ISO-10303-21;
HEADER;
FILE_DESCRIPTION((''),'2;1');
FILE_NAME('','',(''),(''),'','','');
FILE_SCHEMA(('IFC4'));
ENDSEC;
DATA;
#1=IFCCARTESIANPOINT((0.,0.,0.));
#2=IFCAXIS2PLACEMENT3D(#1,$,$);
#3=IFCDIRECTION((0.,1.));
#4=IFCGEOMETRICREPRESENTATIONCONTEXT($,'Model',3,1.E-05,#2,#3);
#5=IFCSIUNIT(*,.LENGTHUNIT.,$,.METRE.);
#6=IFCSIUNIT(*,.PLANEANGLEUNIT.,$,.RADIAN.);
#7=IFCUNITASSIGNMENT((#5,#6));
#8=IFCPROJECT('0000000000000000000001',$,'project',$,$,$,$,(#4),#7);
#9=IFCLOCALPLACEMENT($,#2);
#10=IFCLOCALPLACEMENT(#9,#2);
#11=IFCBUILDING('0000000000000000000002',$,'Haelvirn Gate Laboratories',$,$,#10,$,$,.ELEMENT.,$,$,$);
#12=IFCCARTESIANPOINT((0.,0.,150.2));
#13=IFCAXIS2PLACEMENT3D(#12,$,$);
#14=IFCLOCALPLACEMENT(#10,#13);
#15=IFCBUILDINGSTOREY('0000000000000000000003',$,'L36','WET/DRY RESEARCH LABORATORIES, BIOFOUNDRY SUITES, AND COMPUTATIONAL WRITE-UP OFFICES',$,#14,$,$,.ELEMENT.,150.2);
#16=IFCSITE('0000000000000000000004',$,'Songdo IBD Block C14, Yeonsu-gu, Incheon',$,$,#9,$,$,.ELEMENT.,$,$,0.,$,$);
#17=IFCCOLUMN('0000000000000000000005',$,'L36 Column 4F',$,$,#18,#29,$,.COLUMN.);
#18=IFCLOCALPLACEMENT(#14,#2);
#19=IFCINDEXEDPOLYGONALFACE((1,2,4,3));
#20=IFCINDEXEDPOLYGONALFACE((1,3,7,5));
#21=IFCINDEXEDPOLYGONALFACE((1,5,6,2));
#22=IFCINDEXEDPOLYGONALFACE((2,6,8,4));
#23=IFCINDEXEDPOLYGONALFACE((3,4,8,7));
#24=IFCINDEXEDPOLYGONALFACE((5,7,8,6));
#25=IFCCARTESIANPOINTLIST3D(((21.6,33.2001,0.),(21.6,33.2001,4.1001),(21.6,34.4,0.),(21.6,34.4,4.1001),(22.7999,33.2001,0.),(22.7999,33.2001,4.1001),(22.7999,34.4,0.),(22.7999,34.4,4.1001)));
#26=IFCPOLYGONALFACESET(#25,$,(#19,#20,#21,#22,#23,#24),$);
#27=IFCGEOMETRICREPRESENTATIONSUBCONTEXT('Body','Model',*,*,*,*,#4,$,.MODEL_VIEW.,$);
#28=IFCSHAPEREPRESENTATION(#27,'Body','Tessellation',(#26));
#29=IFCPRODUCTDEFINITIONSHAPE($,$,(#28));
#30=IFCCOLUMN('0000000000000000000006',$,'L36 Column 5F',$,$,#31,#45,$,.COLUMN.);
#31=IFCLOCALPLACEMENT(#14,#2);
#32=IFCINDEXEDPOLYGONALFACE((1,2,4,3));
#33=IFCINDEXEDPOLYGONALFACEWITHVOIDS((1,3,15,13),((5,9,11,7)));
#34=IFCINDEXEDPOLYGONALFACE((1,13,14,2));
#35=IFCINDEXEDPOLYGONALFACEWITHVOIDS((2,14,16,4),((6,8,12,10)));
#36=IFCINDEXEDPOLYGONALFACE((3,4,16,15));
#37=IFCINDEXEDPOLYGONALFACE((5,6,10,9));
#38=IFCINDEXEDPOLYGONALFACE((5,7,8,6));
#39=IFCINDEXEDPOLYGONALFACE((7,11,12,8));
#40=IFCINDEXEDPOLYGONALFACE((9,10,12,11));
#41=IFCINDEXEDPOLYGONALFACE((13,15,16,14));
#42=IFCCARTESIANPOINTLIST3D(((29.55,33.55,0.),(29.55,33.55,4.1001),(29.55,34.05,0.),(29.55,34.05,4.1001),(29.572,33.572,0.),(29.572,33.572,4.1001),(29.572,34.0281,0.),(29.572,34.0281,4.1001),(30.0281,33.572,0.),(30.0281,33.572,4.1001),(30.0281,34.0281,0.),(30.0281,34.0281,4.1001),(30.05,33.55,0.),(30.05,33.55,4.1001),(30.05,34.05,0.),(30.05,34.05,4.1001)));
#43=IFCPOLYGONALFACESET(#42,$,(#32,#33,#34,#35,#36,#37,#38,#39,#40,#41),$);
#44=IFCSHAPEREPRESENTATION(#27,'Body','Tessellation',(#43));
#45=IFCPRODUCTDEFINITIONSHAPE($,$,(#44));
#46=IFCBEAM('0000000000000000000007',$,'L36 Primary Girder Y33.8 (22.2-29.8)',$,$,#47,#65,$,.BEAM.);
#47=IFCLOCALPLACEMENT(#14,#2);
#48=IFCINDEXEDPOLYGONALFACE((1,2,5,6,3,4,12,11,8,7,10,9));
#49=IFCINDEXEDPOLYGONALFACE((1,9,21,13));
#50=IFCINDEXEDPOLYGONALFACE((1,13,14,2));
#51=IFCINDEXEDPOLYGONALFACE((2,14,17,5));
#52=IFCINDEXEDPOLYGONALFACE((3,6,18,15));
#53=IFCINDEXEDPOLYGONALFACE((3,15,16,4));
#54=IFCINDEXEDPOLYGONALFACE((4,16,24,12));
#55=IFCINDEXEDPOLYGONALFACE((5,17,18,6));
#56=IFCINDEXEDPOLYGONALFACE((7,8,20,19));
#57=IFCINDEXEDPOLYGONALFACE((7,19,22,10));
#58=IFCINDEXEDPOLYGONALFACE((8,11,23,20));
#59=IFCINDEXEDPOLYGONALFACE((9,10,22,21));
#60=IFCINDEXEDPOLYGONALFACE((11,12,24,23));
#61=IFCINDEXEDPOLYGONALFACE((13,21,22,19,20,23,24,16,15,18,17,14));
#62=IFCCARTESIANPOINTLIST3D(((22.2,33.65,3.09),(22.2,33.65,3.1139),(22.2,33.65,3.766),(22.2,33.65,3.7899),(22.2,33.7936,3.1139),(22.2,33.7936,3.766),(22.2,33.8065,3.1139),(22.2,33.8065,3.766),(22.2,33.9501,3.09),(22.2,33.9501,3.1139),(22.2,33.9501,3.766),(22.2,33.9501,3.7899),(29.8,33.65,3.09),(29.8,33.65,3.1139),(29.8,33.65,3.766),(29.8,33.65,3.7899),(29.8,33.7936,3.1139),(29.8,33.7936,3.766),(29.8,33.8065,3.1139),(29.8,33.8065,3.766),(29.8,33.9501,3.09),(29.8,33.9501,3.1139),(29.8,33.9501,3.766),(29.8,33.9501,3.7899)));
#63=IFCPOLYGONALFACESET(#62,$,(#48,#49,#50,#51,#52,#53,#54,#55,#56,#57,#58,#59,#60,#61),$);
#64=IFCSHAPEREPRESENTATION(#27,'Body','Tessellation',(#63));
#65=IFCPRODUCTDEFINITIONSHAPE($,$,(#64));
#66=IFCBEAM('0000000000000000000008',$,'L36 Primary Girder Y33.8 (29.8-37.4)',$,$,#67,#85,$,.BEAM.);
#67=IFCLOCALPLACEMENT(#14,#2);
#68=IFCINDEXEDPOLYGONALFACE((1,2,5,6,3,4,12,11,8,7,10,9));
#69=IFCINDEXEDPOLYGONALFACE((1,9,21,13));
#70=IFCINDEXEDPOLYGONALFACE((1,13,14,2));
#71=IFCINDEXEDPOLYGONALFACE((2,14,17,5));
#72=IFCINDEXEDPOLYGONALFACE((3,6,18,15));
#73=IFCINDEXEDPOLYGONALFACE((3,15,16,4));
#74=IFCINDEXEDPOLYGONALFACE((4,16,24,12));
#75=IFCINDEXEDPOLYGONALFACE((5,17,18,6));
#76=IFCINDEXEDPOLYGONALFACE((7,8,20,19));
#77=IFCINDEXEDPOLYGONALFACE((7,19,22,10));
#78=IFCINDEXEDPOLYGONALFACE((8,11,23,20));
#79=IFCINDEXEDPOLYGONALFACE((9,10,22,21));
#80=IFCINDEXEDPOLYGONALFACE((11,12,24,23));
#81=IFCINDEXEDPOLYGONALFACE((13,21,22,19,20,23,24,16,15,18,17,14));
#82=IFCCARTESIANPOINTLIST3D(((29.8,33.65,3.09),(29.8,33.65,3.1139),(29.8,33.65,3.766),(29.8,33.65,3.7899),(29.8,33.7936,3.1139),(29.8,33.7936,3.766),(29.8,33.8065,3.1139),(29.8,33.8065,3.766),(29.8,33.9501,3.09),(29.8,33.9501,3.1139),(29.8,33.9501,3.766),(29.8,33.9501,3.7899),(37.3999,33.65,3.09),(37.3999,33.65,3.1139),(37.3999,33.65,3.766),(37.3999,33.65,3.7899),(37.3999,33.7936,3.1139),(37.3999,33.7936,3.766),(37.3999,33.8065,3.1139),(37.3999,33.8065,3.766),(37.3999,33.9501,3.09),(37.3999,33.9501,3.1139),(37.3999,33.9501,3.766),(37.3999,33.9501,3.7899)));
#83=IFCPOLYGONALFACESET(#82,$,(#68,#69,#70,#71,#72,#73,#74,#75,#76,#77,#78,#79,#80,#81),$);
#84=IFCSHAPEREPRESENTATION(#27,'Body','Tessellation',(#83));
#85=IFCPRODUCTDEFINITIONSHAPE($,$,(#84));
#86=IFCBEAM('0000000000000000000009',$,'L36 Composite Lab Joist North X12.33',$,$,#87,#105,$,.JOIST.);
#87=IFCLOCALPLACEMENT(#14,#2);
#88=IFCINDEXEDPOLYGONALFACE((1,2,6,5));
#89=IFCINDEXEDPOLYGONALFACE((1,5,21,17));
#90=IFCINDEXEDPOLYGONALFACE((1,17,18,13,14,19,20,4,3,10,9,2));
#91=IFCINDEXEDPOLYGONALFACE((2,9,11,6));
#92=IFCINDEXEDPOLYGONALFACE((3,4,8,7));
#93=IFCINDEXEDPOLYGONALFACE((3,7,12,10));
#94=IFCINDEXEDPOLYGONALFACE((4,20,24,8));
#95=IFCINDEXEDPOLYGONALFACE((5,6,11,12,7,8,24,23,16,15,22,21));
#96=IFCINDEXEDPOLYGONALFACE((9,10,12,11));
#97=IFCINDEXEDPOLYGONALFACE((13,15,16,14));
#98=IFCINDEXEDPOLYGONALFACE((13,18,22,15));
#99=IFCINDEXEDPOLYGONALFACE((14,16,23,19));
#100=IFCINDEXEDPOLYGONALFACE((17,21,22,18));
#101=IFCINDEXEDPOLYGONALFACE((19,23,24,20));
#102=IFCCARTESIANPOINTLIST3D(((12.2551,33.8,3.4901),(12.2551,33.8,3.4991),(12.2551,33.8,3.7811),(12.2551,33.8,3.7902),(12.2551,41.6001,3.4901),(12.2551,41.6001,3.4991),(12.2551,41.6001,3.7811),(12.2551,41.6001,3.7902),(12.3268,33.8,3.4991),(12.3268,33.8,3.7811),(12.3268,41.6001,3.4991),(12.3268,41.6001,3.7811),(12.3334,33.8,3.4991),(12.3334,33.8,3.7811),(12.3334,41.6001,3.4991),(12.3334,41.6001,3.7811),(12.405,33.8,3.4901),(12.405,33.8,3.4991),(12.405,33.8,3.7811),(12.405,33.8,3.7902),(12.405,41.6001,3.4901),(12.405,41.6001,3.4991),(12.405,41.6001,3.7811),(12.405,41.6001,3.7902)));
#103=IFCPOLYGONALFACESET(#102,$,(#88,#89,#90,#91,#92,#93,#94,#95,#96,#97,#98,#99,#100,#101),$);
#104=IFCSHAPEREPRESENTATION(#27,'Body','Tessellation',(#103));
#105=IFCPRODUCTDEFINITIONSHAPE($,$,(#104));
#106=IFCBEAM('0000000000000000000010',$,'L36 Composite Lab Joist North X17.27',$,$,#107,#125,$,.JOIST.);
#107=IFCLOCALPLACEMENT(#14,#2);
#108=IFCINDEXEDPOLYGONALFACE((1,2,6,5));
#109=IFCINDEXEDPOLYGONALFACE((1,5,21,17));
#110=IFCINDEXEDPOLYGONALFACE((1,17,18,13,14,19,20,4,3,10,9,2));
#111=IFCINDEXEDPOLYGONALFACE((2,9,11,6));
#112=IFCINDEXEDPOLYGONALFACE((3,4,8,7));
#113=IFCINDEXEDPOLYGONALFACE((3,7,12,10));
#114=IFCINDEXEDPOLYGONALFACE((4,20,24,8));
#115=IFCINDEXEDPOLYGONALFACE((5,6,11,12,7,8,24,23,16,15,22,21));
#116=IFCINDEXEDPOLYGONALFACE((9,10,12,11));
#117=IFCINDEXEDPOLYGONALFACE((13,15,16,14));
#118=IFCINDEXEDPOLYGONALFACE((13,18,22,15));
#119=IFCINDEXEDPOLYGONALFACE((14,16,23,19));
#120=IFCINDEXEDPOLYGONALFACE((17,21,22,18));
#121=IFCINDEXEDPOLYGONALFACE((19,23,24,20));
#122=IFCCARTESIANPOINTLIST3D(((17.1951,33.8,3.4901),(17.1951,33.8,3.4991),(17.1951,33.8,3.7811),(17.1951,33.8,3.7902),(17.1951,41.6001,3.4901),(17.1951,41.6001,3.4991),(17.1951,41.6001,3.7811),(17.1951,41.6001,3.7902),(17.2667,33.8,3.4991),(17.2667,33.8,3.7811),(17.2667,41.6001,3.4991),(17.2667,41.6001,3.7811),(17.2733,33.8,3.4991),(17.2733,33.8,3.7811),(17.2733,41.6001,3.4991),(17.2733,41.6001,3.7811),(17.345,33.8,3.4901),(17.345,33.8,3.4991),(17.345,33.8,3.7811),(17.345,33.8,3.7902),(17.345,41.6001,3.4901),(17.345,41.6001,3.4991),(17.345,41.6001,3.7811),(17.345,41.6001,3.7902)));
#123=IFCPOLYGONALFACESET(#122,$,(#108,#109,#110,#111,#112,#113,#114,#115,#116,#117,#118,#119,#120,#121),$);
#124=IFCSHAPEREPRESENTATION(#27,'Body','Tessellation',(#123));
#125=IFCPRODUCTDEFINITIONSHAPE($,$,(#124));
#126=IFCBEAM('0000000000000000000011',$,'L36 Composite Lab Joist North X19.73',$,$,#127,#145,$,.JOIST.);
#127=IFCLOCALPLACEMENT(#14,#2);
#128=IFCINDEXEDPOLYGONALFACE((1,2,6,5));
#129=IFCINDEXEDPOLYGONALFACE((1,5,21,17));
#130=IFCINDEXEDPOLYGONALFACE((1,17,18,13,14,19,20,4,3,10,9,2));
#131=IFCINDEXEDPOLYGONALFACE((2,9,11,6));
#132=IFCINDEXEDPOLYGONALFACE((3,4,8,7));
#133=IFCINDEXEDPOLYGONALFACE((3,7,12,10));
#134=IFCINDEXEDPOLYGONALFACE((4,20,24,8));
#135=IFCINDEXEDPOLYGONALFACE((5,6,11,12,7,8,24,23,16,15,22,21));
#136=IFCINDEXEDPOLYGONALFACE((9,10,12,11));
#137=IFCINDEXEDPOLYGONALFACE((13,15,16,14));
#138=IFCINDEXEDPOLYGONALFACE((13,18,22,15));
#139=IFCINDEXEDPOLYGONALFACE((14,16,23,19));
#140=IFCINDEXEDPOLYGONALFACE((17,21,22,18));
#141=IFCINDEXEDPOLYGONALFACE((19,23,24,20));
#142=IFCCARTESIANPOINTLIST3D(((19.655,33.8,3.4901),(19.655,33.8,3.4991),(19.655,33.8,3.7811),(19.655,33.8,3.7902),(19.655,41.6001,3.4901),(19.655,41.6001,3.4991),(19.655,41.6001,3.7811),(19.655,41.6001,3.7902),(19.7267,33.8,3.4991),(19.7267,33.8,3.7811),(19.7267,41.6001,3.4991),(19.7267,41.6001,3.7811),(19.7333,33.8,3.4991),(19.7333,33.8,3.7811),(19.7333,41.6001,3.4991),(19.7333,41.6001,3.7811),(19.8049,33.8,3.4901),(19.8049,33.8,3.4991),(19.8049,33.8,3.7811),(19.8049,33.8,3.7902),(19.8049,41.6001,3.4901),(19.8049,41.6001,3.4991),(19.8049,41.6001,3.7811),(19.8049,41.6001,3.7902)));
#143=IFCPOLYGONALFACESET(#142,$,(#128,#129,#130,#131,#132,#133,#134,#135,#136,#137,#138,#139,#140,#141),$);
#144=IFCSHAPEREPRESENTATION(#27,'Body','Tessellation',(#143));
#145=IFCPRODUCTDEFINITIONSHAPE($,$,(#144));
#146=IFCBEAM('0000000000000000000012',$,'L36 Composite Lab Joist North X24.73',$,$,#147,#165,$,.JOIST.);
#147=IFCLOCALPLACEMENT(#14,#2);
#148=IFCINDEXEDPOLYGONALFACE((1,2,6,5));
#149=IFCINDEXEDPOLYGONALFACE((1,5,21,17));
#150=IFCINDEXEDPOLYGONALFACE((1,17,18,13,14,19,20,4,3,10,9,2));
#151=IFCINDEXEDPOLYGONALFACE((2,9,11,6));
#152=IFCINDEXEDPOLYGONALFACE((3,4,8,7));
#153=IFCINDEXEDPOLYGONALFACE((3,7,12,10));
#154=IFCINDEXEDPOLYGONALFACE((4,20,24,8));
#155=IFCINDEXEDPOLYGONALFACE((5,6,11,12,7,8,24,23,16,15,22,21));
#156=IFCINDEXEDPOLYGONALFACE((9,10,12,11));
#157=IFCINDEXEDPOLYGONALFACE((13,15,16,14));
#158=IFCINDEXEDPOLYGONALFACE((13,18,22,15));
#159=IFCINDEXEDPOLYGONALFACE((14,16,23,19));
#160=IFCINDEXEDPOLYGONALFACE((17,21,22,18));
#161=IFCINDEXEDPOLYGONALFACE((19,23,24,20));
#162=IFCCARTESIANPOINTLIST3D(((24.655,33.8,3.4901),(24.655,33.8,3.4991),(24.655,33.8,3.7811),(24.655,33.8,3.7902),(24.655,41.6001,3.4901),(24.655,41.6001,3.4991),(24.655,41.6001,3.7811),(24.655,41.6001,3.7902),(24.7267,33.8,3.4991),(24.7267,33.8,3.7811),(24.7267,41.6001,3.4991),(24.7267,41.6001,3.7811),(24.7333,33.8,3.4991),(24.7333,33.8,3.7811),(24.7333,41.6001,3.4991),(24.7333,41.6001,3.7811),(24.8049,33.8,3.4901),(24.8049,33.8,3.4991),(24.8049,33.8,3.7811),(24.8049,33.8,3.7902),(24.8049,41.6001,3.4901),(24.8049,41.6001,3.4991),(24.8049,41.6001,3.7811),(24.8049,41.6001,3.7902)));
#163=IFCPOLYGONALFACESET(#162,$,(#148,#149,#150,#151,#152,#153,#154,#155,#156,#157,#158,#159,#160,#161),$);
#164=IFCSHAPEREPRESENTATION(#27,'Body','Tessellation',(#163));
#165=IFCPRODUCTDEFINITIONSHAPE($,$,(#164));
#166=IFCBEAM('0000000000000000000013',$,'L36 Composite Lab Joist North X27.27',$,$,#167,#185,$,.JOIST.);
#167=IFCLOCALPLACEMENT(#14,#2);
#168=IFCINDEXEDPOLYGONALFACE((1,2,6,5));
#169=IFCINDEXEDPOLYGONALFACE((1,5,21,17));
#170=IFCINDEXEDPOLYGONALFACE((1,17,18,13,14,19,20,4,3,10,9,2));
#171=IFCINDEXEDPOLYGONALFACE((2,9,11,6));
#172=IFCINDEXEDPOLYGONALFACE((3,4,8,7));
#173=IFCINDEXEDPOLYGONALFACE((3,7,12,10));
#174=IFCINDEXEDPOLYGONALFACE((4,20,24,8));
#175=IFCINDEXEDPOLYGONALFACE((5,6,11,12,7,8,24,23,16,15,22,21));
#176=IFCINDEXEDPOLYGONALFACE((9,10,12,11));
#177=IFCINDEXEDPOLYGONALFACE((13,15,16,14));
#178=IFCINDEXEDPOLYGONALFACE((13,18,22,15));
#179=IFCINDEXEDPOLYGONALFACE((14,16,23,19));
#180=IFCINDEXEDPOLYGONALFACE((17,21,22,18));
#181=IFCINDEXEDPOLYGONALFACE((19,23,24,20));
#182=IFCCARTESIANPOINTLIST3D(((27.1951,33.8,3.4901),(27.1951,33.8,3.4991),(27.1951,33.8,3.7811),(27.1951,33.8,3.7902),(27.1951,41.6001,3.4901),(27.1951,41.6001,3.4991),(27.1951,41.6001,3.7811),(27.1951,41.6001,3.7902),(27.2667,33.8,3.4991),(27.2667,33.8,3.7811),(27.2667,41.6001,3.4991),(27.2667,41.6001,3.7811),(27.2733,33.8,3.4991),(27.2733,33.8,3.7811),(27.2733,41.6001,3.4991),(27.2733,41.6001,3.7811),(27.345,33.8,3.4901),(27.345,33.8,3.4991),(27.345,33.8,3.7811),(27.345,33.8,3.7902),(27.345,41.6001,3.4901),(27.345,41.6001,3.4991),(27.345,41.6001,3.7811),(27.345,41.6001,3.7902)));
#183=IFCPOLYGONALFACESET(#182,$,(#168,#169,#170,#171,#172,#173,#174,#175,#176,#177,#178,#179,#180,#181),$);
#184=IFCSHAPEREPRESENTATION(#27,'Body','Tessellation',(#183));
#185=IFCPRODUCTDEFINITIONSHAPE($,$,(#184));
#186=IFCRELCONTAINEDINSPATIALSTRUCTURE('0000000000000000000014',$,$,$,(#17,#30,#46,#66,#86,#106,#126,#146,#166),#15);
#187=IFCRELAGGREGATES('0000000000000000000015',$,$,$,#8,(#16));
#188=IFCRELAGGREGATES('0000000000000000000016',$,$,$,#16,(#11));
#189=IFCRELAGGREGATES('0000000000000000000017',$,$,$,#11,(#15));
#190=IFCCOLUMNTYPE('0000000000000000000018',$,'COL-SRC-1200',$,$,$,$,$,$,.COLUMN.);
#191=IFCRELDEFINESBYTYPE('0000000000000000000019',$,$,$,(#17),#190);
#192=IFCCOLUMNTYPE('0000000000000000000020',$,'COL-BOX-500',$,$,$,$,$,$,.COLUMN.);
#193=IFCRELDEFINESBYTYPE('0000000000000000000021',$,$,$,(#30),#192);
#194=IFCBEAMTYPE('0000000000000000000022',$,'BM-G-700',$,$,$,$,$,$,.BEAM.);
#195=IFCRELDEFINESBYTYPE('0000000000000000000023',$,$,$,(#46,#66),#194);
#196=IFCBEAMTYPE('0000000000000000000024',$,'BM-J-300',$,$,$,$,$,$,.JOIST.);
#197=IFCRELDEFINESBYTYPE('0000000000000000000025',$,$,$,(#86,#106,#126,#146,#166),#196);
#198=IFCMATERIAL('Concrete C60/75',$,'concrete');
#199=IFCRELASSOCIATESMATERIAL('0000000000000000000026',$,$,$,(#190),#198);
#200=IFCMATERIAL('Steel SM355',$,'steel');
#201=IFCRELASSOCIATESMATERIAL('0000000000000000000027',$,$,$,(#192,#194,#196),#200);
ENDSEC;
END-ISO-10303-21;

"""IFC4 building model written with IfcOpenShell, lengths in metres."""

from ifc_helpers import new_model, si_unit, direction, frame, origin, origin_2d, place, context, subcontext, project, spatial, rectangle, hollow_rectangle, i_section, extrude, source, transform, mapped, material, material_profile, profile_set, type_object, type_shapes, element, save


model = new_model("IFC4")

# Units and contexts
model_context = context("Model", 3, precision=1e-05, world=origin(), true_north=direction((0.0, 1.0)))
body_context = subcontext(model_context, "Body", "Model", "MODEL_VIEW")
ifc_project = project(units=[si_unit("LENGTHUNIT", "METRE"), si_unit("PLANEANGLEUNIT", "RADIAN")], contexts=[model_context])

# Site, building, storey
site_placement = place(None, origin())
site = spatial("IfcSite", under=ifc_project, at=site_placement, Name="Songdo IBD Block C14, Yeonsu-gu, Incheon", CompositionType="ELEMENT", RefElevation=0.0)
building_placement = place(site_placement, origin())
building = spatial("IfcBuilding", under=site, at=building_placement, Name="Haelvirn Gate Laboratories", CompositionType="ELEMENT")
storey_placement = place(building_placement, frame((0.0, 0.0, 150.2)))
storey = spatial("IfcBuildingStorey", under=building, at=storey_placement, Name="L36", Description="WET/DRY RESEARCH LABORATORIES, BIOFOUNDRY SUITES, AND COMPUTATIONAL WRITE-UP OFFICES", CompositionType="ELEMENT", Elevation=150.2)

# Columns
ifc_material_1 = material(Name="Concrete C60/75", Category="concrete")
ifc_material_profile_1 = material_profile(ifc_material_1, rectangle(XDim=1.2, YDim=1.2, at=origin_2d()), Name="SRC-1200x1200")
ifc_profile_set_1 = profile_set([ifc_material_profile_1], Name="Concrete C60/75")
column_type_1 = type_object("IfcColumnType", Name="COL-SRC-1200", PredefinedType="COLUMN", material=ifc_profile_set_1)
shared_shape_1 = source(origin(), body_context, "Body", "SweptSolid", [
    extrude(rectangle(XDim=1.2, YDim=1.2, at=origin_2d()), origin(), (0.0, 0.0, 1.0), 4.1001),
])
type_shapes(column_type_1, [shared_shape_1])
column_1_placement = place(storey_placement, frame((22.2, 33.8, 0.0), z_axis=(0.0, 0.0, 1.0), x_axis=(1.0, 0.0, 0.0)))
element("IfcColumn", 1, at=column_1_placement, inside=storey, type_object=column_type_1, Name="L36 Column 4F", PredefinedType="COLUMN", context=body_context, shape_type="MappedRepresentation", body=[
    mapped(shared_shape_1, transform((0.0, 0.0, 0.0), scale=1.0)),
])
ifc_material_2 = material(Name="Steel SM355", Category="steel")
ifc_material_profile_2 = material_profile(ifc_material_2, hollow_rectangle(XDim=0.5, YDim=0.5, WallThickness=0.022, at=origin_2d()), Name="BOX-500x500x22")
ifc_profile_set_2 = profile_set([ifc_material_profile_2], Name="Steel SM355")
column_type_2 = type_object("IfcColumnType", Name="COL-BOX-500", PredefinedType="COLUMN", material=ifc_profile_set_2)
shared_shape_2 = source(origin(), body_context, "Body", "SweptSolid", [
    extrude(hollow_rectangle(XDim=0.5, YDim=0.5, WallThickness=0.022, at=origin_2d()), origin(), (0.0, 0.0, 1.0), 4.1001),
])
type_shapes(column_type_2, [shared_shape_2])
column_2_placement = place(storey_placement, frame((29.8, 33.8, 0.0), z_axis=(0.0, 0.0, 1.0), x_axis=(1.0, 0.0, 0.0)))
element("IfcColumn", 2, at=column_2_placement, inside=storey, type_object=column_type_2, Name="L36 Column 5F", PredefinedType="COLUMN", context=body_context, shape_type="MappedRepresentation", body=[
    mapped(shared_shape_2, transform((0.0, 0.0, 0.0), scale=1.0)),
])

# Beams
ifc_material_profile_3 = material_profile(ifc_material_2, i_section(OverallWidth=0.3, OverallDepth=0.7, WebThickness=0.0129, FlangeThickness=0.0239, at=origin_2d()), Name="H-700x300x13x24")
ifc_profile_set_3 = profile_set([ifc_material_profile_3], Name="Steel SM355")
beam_type_1 = type_object("IfcBeamType", Name="BM-G-700", PredefinedType="BEAM", material=ifc_profile_set_3)
shared_shape_3 = source(origin(), body_context, "Body", "SweptSolid", [
    extrude(i_section(OverallWidth=0.3, OverallDepth=0.7, WebThickness=0.0129, FlangeThickness=0.0239, at=origin_2d()), origin(), (0.0, 0.0, 1.0), 7.6001),
])
beam_1_placement = place(storey_placement, frame((22.2, 33.8, 3.4399), z_axis=(1.0, 0.0, 0.0), x_axis=(0.0, 1.0, 0.0)))
element("IfcBeam", 3, at=beam_1_placement, inside=storey, type_object=beam_type_1, Name="L36 Primary Girder Y33.8 (22.2-29.8)", PredefinedType="BEAM", context=body_context, shape_type="MappedRepresentation", body=[
    mapped(shared_shape_3, transform((0.0, 0.0, 0.0), scale=1.0)),
])
shared_shape_4 = source(origin(), body_context, "Body", "SweptSolid", [
    extrude(i_section(OverallWidth=0.3, OverallDepth=0.7, WebThickness=0.0129, FlangeThickness=0.0239, at=origin_2d()), origin(), (0.0, 0.0, 1.0), 7.5999),
])
type_shapes(beam_type_1, [shared_shape_3, shared_shape_4])
beam_2_placement = place(storey_placement, frame((29.8, 33.8, 3.4399), z_axis=(1.0, 0.0, 0.0), x_axis=(0.0, 1.0, 0.0)))
element("IfcBeam", 4, at=beam_2_placement, inside=storey, type_object=beam_type_1, Name="L36 Primary Girder Y33.8 (29.8-37.4)", PredefinedType="BEAM", context=body_context, shape_type="MappedRepresentation", body=[
    mapped(shared_shape_4, transform((0.0, 0.0, 0.0), scale=1.0)),
])
ifc_material_profile_4 = material_profile(ifc_material_2, i_section(OverallWidth=0.1499, OverallDepth=0.3, WebThickness=0.0066, FlangeThickness=0.009, at=origin_2d()), Name="H-300x150x6.5x9")
ifc_profile_set_4 = profile_set([ifc_material_profile_4], Name="Steel SM355")
beam_type_2 = type_object("IfcBeamType", Name="BM-J-300", PredefinedType="JOIST", material=ifc_profile_set_4)
shared_shape_5 = source(origin(), body_context, "Body", "SweptSolid", [
    extrude(i_section(OverallWidth=0.1499, OverallDepth=0.3, WebThickness=0.0066, FlangeThickness=0.009, at=origin_2d()), origin(), (0.0, 0.0, 1.0), 7.8),
])
type_shapes(beam_type_2, [shared_shape_5])
for number, where, z_axis, x_axis, name in (
    (5, (12.3301, 33.8, 3.6401), (0.0, 1.0, 0.0), (-1.0, 0.0, 0.0), "L36 Composite Lab Joist North X12.33"),
    (6, (17.27, 33.8, 3.6401), (0.0, 1.0, 0.0), (-1.0, 0.0, 0.0), "L36 Composite Lab Joist North X17.27"),
    (7, (19.73, 33.8, 3.6401), (0.0, 1.0, 0.0), (-1.0, 0.0, 0.0), "L36 Composite Lab Joist North X19.73"),
    (8, (24.73, 33.8, 3.6401), (0.0, 1.0, 0.0), (-1.0, 0.0, 0.0), "L36 Composite Lab Joist North X24.73"),
    (9, (27.27, 33.8, 3.6401), (0.0, 1.0, 0.0), (-1.0, 0.0, 0.0), "L36 Composite Lab Joist North X27.27"),
):
    element("IfcBeam", number, at=place(storey_placement, frame(where, z_axis=z_axis, x_axis=x_axis)), inside=storey, type_object=beam_type_2, Name=name, PredefinedType="JOIST", context=body_context, shape_type="MappedRepresentation", body=[
        mapped(shared_shape_5, transform((0.0, 0.0, 0.0), scale=1.0)),
    ])

save(model, "model.ifc")
